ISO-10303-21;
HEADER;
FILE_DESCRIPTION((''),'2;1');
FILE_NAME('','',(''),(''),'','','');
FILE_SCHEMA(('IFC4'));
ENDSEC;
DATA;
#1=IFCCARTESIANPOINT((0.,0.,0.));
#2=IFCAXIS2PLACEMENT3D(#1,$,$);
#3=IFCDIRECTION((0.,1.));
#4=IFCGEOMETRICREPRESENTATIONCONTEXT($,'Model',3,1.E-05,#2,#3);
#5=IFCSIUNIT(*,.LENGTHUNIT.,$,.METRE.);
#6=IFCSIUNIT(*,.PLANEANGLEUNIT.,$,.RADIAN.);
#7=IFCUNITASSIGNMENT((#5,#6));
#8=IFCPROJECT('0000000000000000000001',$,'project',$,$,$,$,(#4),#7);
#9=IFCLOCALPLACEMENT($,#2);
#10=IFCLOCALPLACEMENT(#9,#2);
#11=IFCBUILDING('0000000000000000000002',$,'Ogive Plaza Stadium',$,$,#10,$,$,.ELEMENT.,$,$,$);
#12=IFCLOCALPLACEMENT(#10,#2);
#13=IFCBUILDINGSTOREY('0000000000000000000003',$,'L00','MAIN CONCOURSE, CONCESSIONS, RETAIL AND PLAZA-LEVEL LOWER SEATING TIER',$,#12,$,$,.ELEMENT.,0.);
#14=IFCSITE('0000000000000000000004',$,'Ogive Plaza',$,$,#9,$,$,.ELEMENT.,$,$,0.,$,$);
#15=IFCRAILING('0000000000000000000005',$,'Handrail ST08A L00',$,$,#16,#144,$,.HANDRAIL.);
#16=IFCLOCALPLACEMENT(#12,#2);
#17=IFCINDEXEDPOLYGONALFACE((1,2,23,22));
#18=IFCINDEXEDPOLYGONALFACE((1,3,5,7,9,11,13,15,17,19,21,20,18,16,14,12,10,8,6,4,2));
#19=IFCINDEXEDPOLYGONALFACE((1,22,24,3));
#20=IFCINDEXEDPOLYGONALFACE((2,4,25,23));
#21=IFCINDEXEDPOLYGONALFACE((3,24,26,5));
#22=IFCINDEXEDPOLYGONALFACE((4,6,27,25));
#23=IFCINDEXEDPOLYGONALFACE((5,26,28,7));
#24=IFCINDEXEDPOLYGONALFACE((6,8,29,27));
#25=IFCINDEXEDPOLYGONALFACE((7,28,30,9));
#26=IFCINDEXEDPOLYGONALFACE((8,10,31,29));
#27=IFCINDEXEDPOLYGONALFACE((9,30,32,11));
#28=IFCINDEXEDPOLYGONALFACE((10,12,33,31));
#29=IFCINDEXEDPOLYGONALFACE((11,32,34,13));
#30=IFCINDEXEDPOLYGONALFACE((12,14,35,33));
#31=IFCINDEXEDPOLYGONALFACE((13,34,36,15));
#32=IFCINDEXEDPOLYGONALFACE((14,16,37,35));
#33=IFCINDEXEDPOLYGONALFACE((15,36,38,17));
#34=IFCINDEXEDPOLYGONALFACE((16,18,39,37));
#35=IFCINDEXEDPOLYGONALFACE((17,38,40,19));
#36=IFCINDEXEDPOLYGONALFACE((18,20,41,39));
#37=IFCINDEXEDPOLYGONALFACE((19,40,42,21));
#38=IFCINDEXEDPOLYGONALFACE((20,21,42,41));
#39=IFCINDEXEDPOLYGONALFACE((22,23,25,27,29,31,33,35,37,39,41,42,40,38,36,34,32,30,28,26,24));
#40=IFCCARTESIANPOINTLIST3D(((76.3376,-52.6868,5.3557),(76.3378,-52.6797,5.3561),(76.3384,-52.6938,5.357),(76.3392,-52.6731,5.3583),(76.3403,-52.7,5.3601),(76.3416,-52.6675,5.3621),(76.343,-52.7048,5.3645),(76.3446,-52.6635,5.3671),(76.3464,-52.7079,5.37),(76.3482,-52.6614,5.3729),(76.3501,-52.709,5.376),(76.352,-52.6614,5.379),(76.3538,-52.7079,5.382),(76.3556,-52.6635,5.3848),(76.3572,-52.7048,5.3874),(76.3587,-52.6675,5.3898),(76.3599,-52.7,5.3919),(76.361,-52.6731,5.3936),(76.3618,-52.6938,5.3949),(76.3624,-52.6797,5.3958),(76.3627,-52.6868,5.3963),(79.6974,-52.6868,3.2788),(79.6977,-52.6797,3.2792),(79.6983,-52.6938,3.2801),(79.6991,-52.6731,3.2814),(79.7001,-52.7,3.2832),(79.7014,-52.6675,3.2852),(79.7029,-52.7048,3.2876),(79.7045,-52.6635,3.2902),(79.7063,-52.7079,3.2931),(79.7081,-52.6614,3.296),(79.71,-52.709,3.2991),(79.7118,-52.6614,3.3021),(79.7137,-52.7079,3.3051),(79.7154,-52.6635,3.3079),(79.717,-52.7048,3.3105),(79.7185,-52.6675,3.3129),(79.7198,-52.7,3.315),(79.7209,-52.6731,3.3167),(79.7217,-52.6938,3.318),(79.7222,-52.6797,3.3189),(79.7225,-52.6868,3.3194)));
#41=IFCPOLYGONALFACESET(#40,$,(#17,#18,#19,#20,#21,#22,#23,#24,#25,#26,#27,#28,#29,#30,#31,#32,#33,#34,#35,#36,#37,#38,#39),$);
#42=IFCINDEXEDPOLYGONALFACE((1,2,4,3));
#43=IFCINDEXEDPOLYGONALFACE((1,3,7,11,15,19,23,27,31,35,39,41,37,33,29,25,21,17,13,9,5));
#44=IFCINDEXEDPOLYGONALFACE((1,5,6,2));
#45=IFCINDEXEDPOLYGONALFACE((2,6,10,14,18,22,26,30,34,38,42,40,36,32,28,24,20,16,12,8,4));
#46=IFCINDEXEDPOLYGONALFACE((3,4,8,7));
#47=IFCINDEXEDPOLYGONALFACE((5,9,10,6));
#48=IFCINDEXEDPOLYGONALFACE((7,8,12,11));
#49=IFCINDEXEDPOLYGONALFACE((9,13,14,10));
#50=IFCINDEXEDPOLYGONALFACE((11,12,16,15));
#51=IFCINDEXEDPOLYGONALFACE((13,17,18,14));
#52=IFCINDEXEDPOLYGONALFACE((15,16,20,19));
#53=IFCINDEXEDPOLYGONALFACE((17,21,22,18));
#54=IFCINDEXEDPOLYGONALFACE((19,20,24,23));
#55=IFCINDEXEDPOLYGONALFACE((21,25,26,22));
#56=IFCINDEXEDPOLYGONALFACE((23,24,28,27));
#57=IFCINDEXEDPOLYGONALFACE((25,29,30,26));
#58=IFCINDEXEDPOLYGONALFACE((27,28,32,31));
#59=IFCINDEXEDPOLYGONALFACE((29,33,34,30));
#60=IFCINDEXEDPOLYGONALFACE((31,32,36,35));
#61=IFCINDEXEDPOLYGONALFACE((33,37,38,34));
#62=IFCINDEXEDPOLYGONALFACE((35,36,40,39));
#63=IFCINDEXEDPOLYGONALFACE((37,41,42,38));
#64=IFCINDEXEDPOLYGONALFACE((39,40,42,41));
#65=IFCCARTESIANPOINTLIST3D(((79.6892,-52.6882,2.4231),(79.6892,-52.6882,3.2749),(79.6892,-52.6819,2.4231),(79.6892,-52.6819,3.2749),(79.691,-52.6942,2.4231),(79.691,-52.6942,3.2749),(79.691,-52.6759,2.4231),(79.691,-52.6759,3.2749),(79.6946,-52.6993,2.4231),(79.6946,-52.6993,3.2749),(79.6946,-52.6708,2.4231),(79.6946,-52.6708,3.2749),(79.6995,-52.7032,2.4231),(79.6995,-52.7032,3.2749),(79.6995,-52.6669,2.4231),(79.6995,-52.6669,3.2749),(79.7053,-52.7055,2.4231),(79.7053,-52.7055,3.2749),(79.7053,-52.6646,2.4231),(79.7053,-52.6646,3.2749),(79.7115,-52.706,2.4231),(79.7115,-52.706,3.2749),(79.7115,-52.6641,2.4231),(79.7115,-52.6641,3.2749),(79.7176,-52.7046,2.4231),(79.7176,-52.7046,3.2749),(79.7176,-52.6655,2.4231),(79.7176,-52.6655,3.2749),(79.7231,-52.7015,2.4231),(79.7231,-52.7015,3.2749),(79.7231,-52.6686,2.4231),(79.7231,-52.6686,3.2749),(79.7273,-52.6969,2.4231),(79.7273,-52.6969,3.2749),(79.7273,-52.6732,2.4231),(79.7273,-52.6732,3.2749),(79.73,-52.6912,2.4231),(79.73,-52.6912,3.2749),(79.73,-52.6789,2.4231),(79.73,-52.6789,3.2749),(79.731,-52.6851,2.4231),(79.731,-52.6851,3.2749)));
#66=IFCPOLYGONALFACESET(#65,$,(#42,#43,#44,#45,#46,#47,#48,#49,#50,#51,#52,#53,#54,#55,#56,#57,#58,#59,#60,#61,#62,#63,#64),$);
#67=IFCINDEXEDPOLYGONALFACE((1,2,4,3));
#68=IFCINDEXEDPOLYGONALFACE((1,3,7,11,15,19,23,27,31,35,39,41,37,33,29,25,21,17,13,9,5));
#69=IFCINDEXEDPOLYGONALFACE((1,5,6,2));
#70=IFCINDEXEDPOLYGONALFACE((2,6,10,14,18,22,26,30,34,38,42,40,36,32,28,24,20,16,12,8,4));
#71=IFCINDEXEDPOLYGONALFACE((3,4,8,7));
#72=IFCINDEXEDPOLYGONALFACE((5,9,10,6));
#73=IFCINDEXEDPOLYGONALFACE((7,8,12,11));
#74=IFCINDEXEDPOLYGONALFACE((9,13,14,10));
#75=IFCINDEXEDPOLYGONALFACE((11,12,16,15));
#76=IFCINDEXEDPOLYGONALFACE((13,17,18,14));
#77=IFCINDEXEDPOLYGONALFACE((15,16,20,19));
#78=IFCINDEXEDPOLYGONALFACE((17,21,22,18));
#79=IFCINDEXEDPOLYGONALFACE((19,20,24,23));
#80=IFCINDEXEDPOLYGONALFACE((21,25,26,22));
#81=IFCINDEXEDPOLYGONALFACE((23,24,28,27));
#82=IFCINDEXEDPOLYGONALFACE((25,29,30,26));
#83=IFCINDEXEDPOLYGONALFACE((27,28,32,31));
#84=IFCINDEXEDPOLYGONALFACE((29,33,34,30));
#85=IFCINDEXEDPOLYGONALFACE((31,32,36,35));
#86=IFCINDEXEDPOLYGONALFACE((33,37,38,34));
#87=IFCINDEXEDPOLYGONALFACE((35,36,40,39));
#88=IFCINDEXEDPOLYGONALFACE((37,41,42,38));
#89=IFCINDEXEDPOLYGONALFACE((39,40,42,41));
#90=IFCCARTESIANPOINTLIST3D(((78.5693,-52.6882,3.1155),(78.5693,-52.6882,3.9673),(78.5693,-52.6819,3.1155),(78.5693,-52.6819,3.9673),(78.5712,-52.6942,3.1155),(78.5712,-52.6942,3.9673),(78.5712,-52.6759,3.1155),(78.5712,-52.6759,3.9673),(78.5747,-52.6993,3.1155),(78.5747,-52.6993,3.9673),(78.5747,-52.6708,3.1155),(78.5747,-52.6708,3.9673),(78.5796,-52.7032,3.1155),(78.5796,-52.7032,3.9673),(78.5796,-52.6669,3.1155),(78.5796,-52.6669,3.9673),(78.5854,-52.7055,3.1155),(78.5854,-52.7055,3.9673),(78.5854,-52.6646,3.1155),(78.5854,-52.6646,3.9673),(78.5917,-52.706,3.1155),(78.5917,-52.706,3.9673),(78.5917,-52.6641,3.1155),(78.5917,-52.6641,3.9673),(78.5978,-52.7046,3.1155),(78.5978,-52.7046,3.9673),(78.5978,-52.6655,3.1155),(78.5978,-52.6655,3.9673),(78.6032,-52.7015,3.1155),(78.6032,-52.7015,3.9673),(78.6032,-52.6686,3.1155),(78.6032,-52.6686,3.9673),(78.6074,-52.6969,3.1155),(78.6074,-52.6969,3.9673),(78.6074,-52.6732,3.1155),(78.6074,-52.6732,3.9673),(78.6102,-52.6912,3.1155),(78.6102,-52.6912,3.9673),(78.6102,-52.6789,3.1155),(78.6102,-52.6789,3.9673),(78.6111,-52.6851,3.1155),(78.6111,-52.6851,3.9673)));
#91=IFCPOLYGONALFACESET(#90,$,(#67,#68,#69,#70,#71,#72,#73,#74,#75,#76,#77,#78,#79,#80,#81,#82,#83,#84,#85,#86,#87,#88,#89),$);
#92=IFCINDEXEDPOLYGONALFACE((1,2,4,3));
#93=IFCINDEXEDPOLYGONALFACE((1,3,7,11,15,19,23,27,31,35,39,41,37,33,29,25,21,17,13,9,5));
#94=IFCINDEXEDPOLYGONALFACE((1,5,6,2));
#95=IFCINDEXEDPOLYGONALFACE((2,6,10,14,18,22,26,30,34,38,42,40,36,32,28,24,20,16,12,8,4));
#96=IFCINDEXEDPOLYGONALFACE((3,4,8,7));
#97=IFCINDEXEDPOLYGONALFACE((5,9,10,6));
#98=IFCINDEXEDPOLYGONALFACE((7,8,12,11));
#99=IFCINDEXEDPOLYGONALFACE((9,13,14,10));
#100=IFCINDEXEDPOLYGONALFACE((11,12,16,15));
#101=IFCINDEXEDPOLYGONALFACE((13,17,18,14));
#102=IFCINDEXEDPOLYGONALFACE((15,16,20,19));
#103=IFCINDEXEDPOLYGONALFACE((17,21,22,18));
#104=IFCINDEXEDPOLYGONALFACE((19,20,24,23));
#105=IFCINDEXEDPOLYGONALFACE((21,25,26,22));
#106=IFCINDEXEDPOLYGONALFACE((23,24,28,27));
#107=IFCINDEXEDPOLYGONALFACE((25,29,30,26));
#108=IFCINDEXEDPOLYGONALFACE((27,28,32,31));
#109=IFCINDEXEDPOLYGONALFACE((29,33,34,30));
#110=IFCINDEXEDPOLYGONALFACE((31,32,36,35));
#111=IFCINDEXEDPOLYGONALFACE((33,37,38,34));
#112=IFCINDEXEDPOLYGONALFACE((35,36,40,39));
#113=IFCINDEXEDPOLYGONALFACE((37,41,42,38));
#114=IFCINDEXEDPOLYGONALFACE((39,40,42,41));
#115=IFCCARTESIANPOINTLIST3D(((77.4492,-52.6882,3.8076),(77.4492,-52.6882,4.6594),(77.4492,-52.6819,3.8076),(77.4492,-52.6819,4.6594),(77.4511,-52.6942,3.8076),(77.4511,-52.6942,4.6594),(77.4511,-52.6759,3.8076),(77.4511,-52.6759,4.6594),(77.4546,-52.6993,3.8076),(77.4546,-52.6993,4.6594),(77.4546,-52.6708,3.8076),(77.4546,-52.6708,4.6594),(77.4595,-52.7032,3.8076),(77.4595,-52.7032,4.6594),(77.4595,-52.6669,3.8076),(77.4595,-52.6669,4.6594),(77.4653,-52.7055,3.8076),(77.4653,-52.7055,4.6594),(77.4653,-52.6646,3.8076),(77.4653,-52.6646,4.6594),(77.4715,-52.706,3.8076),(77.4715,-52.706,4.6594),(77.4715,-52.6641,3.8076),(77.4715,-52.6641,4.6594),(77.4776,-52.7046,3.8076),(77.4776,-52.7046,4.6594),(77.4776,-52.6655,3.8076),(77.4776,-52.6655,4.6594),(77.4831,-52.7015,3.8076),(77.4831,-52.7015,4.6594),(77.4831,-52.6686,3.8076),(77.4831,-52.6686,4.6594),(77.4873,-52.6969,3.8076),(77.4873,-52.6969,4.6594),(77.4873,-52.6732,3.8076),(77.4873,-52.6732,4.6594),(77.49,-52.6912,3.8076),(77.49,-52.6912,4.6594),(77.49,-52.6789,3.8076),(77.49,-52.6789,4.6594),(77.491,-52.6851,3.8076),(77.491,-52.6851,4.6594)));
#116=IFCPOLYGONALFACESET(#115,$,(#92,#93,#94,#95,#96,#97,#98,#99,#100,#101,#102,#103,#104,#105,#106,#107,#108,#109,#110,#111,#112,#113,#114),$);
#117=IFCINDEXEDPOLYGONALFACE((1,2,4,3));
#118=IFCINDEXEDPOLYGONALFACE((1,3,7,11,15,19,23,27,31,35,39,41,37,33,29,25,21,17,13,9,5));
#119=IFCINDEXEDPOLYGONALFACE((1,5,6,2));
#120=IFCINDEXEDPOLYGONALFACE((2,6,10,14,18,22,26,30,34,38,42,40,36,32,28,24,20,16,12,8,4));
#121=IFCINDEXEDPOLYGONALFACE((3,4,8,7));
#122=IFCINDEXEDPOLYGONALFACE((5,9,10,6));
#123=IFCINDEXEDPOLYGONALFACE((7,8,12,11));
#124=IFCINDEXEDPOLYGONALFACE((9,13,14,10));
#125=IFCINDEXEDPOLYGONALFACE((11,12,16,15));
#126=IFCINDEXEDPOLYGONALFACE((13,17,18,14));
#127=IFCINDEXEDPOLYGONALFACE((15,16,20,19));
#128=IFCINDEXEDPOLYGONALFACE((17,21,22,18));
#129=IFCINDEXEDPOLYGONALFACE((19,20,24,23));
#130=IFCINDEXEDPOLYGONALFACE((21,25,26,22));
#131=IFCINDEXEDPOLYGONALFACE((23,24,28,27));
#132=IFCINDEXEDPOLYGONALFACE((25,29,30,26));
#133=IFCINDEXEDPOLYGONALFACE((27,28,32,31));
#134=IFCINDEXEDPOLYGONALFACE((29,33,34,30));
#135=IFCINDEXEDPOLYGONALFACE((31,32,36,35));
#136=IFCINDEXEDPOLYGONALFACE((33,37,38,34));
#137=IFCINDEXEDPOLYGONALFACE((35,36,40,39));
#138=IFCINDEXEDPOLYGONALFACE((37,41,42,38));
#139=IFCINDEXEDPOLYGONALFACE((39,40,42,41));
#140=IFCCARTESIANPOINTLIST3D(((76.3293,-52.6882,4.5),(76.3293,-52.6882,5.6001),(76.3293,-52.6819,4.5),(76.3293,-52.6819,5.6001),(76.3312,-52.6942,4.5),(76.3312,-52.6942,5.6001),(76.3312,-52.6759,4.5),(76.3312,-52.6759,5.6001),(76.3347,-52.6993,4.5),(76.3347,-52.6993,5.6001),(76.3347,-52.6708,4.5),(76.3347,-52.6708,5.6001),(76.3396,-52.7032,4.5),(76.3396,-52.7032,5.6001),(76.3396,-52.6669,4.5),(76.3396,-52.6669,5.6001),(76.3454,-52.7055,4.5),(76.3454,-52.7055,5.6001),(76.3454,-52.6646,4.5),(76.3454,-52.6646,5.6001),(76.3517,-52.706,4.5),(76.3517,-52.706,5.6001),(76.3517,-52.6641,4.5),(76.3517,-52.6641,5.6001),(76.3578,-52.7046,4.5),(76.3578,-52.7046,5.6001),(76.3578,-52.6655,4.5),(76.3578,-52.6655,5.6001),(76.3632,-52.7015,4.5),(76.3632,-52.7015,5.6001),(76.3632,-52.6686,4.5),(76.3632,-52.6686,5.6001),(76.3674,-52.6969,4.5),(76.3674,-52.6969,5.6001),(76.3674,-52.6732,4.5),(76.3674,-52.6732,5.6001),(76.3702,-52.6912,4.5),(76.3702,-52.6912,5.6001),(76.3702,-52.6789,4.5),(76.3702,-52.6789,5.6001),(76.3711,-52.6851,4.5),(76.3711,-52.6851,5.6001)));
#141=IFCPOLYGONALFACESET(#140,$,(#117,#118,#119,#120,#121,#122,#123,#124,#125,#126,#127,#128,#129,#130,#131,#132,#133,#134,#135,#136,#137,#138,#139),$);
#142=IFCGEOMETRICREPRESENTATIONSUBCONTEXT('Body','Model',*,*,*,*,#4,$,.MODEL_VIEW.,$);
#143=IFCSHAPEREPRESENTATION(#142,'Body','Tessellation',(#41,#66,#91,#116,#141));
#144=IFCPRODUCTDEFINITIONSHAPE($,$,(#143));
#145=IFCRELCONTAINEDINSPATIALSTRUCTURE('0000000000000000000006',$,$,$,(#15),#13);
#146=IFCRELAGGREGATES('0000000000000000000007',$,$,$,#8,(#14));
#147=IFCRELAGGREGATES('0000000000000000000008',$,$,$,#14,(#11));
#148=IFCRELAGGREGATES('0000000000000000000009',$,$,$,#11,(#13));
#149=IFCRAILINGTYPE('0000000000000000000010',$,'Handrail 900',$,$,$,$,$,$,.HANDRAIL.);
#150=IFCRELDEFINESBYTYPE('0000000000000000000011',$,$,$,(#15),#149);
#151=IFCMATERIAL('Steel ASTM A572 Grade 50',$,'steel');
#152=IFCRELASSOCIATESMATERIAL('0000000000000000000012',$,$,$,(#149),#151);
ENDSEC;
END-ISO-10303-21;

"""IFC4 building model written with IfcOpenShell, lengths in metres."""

from ifc_helpers import new_model, si_unit, direction, frame, origin, origin_2d, place, context, subcontext, project, spatial, circle, extrude, material, type_object, element, save


model = new_model("IFC4")

# Units and contexts
model_context = context("Model", 3, precision=1e-05, world=origin(), true_north=direction((0.0, 1.0)))
body_context = subcontext(model_context, "Body", "Model", "MODEL_VIEW")
ifc_project = project(units=[si_unit("LENGTHUNIT", "METRE"), si_unit("PLANEANGLEUNIT", "RADIAN")], contexts=[model_context])

# Site, building, storey
site_placement = place(None, origin())
site = spatial("IfcSite", under=ifc_project, at=site_placement, Name="Ogive Plaza", CompositionType="ELEMENT", RefElevation=0.0)
building_placement = place(site_placement, origin())
building = spatial("IfcBuilding", under=site, at=building_placement, Name="Ogive Plaza Stadium", CompositionType="ELEMENT")
storey_placement = place(building_placement, origin())
storey = spatial("IfcBuildingStorey", under=building, at=storey_placement, Name="L00", Description="MAIN CONCOURSE, CONCESSIONS, RETAIL AND PLAZA-LEVEL LOWER SEATING TIER", CompositionType="ELEMENT", Elevation=0.0)

# Railing
ifc_material_1 = material(Name="Steel ASTM A572 Grade 50", Category="steel")
railing_type_1 = type_object("IfcRailingType", Name="Handrail 900", PredefinedType="HANDRAIL", material=ifc_material_1)
for number, where, name in (
    (1, (79.71, -52.6851, 2.4231), "Handrail ST08A L00"),
):
    element("IfcRailing", number, at=place(storey_placement, frame(where)), inside=storey, type_object=railing_type_1, Name=name, PredefinedType="HANDRAIL", context=body_context, shape_type="SweptSolid", body=[
        extrude(circle(Radius=0.0239, at=origin_2d()), frame((0.0, 0.0, 0.876), z_axis=(-0.850606, 0.0, 0.525803), x_axis=(0.0, -1.0, 0.0)), (0.0, 0.0, 1.0), 3.95),
        extrude(circle(Radius=0.021, at=origin_2d()), origin(), (0.0, 0.0, 1.0), 0.8518),
        extrude(circle(Radius=0.021, at=origin_2d()), frame((-1.1199, 0.0, 0.6924)), (0.0, 0.0, 1.0), 0.8518),
        extrude(circle(Radius=0.021, at=origin_2d()), frame((-2.24, 0.0, 1.3845)), (0.0, 0.0, 1.0), 0.8518),
        extrude(circle(Radius=0.021, at=origin_2d()), frame((-3.3599, 0.0, 2.0769)), (0.0, 0.0, 1.0), 1.1001),
    ])

save(model, "model.ifc")
